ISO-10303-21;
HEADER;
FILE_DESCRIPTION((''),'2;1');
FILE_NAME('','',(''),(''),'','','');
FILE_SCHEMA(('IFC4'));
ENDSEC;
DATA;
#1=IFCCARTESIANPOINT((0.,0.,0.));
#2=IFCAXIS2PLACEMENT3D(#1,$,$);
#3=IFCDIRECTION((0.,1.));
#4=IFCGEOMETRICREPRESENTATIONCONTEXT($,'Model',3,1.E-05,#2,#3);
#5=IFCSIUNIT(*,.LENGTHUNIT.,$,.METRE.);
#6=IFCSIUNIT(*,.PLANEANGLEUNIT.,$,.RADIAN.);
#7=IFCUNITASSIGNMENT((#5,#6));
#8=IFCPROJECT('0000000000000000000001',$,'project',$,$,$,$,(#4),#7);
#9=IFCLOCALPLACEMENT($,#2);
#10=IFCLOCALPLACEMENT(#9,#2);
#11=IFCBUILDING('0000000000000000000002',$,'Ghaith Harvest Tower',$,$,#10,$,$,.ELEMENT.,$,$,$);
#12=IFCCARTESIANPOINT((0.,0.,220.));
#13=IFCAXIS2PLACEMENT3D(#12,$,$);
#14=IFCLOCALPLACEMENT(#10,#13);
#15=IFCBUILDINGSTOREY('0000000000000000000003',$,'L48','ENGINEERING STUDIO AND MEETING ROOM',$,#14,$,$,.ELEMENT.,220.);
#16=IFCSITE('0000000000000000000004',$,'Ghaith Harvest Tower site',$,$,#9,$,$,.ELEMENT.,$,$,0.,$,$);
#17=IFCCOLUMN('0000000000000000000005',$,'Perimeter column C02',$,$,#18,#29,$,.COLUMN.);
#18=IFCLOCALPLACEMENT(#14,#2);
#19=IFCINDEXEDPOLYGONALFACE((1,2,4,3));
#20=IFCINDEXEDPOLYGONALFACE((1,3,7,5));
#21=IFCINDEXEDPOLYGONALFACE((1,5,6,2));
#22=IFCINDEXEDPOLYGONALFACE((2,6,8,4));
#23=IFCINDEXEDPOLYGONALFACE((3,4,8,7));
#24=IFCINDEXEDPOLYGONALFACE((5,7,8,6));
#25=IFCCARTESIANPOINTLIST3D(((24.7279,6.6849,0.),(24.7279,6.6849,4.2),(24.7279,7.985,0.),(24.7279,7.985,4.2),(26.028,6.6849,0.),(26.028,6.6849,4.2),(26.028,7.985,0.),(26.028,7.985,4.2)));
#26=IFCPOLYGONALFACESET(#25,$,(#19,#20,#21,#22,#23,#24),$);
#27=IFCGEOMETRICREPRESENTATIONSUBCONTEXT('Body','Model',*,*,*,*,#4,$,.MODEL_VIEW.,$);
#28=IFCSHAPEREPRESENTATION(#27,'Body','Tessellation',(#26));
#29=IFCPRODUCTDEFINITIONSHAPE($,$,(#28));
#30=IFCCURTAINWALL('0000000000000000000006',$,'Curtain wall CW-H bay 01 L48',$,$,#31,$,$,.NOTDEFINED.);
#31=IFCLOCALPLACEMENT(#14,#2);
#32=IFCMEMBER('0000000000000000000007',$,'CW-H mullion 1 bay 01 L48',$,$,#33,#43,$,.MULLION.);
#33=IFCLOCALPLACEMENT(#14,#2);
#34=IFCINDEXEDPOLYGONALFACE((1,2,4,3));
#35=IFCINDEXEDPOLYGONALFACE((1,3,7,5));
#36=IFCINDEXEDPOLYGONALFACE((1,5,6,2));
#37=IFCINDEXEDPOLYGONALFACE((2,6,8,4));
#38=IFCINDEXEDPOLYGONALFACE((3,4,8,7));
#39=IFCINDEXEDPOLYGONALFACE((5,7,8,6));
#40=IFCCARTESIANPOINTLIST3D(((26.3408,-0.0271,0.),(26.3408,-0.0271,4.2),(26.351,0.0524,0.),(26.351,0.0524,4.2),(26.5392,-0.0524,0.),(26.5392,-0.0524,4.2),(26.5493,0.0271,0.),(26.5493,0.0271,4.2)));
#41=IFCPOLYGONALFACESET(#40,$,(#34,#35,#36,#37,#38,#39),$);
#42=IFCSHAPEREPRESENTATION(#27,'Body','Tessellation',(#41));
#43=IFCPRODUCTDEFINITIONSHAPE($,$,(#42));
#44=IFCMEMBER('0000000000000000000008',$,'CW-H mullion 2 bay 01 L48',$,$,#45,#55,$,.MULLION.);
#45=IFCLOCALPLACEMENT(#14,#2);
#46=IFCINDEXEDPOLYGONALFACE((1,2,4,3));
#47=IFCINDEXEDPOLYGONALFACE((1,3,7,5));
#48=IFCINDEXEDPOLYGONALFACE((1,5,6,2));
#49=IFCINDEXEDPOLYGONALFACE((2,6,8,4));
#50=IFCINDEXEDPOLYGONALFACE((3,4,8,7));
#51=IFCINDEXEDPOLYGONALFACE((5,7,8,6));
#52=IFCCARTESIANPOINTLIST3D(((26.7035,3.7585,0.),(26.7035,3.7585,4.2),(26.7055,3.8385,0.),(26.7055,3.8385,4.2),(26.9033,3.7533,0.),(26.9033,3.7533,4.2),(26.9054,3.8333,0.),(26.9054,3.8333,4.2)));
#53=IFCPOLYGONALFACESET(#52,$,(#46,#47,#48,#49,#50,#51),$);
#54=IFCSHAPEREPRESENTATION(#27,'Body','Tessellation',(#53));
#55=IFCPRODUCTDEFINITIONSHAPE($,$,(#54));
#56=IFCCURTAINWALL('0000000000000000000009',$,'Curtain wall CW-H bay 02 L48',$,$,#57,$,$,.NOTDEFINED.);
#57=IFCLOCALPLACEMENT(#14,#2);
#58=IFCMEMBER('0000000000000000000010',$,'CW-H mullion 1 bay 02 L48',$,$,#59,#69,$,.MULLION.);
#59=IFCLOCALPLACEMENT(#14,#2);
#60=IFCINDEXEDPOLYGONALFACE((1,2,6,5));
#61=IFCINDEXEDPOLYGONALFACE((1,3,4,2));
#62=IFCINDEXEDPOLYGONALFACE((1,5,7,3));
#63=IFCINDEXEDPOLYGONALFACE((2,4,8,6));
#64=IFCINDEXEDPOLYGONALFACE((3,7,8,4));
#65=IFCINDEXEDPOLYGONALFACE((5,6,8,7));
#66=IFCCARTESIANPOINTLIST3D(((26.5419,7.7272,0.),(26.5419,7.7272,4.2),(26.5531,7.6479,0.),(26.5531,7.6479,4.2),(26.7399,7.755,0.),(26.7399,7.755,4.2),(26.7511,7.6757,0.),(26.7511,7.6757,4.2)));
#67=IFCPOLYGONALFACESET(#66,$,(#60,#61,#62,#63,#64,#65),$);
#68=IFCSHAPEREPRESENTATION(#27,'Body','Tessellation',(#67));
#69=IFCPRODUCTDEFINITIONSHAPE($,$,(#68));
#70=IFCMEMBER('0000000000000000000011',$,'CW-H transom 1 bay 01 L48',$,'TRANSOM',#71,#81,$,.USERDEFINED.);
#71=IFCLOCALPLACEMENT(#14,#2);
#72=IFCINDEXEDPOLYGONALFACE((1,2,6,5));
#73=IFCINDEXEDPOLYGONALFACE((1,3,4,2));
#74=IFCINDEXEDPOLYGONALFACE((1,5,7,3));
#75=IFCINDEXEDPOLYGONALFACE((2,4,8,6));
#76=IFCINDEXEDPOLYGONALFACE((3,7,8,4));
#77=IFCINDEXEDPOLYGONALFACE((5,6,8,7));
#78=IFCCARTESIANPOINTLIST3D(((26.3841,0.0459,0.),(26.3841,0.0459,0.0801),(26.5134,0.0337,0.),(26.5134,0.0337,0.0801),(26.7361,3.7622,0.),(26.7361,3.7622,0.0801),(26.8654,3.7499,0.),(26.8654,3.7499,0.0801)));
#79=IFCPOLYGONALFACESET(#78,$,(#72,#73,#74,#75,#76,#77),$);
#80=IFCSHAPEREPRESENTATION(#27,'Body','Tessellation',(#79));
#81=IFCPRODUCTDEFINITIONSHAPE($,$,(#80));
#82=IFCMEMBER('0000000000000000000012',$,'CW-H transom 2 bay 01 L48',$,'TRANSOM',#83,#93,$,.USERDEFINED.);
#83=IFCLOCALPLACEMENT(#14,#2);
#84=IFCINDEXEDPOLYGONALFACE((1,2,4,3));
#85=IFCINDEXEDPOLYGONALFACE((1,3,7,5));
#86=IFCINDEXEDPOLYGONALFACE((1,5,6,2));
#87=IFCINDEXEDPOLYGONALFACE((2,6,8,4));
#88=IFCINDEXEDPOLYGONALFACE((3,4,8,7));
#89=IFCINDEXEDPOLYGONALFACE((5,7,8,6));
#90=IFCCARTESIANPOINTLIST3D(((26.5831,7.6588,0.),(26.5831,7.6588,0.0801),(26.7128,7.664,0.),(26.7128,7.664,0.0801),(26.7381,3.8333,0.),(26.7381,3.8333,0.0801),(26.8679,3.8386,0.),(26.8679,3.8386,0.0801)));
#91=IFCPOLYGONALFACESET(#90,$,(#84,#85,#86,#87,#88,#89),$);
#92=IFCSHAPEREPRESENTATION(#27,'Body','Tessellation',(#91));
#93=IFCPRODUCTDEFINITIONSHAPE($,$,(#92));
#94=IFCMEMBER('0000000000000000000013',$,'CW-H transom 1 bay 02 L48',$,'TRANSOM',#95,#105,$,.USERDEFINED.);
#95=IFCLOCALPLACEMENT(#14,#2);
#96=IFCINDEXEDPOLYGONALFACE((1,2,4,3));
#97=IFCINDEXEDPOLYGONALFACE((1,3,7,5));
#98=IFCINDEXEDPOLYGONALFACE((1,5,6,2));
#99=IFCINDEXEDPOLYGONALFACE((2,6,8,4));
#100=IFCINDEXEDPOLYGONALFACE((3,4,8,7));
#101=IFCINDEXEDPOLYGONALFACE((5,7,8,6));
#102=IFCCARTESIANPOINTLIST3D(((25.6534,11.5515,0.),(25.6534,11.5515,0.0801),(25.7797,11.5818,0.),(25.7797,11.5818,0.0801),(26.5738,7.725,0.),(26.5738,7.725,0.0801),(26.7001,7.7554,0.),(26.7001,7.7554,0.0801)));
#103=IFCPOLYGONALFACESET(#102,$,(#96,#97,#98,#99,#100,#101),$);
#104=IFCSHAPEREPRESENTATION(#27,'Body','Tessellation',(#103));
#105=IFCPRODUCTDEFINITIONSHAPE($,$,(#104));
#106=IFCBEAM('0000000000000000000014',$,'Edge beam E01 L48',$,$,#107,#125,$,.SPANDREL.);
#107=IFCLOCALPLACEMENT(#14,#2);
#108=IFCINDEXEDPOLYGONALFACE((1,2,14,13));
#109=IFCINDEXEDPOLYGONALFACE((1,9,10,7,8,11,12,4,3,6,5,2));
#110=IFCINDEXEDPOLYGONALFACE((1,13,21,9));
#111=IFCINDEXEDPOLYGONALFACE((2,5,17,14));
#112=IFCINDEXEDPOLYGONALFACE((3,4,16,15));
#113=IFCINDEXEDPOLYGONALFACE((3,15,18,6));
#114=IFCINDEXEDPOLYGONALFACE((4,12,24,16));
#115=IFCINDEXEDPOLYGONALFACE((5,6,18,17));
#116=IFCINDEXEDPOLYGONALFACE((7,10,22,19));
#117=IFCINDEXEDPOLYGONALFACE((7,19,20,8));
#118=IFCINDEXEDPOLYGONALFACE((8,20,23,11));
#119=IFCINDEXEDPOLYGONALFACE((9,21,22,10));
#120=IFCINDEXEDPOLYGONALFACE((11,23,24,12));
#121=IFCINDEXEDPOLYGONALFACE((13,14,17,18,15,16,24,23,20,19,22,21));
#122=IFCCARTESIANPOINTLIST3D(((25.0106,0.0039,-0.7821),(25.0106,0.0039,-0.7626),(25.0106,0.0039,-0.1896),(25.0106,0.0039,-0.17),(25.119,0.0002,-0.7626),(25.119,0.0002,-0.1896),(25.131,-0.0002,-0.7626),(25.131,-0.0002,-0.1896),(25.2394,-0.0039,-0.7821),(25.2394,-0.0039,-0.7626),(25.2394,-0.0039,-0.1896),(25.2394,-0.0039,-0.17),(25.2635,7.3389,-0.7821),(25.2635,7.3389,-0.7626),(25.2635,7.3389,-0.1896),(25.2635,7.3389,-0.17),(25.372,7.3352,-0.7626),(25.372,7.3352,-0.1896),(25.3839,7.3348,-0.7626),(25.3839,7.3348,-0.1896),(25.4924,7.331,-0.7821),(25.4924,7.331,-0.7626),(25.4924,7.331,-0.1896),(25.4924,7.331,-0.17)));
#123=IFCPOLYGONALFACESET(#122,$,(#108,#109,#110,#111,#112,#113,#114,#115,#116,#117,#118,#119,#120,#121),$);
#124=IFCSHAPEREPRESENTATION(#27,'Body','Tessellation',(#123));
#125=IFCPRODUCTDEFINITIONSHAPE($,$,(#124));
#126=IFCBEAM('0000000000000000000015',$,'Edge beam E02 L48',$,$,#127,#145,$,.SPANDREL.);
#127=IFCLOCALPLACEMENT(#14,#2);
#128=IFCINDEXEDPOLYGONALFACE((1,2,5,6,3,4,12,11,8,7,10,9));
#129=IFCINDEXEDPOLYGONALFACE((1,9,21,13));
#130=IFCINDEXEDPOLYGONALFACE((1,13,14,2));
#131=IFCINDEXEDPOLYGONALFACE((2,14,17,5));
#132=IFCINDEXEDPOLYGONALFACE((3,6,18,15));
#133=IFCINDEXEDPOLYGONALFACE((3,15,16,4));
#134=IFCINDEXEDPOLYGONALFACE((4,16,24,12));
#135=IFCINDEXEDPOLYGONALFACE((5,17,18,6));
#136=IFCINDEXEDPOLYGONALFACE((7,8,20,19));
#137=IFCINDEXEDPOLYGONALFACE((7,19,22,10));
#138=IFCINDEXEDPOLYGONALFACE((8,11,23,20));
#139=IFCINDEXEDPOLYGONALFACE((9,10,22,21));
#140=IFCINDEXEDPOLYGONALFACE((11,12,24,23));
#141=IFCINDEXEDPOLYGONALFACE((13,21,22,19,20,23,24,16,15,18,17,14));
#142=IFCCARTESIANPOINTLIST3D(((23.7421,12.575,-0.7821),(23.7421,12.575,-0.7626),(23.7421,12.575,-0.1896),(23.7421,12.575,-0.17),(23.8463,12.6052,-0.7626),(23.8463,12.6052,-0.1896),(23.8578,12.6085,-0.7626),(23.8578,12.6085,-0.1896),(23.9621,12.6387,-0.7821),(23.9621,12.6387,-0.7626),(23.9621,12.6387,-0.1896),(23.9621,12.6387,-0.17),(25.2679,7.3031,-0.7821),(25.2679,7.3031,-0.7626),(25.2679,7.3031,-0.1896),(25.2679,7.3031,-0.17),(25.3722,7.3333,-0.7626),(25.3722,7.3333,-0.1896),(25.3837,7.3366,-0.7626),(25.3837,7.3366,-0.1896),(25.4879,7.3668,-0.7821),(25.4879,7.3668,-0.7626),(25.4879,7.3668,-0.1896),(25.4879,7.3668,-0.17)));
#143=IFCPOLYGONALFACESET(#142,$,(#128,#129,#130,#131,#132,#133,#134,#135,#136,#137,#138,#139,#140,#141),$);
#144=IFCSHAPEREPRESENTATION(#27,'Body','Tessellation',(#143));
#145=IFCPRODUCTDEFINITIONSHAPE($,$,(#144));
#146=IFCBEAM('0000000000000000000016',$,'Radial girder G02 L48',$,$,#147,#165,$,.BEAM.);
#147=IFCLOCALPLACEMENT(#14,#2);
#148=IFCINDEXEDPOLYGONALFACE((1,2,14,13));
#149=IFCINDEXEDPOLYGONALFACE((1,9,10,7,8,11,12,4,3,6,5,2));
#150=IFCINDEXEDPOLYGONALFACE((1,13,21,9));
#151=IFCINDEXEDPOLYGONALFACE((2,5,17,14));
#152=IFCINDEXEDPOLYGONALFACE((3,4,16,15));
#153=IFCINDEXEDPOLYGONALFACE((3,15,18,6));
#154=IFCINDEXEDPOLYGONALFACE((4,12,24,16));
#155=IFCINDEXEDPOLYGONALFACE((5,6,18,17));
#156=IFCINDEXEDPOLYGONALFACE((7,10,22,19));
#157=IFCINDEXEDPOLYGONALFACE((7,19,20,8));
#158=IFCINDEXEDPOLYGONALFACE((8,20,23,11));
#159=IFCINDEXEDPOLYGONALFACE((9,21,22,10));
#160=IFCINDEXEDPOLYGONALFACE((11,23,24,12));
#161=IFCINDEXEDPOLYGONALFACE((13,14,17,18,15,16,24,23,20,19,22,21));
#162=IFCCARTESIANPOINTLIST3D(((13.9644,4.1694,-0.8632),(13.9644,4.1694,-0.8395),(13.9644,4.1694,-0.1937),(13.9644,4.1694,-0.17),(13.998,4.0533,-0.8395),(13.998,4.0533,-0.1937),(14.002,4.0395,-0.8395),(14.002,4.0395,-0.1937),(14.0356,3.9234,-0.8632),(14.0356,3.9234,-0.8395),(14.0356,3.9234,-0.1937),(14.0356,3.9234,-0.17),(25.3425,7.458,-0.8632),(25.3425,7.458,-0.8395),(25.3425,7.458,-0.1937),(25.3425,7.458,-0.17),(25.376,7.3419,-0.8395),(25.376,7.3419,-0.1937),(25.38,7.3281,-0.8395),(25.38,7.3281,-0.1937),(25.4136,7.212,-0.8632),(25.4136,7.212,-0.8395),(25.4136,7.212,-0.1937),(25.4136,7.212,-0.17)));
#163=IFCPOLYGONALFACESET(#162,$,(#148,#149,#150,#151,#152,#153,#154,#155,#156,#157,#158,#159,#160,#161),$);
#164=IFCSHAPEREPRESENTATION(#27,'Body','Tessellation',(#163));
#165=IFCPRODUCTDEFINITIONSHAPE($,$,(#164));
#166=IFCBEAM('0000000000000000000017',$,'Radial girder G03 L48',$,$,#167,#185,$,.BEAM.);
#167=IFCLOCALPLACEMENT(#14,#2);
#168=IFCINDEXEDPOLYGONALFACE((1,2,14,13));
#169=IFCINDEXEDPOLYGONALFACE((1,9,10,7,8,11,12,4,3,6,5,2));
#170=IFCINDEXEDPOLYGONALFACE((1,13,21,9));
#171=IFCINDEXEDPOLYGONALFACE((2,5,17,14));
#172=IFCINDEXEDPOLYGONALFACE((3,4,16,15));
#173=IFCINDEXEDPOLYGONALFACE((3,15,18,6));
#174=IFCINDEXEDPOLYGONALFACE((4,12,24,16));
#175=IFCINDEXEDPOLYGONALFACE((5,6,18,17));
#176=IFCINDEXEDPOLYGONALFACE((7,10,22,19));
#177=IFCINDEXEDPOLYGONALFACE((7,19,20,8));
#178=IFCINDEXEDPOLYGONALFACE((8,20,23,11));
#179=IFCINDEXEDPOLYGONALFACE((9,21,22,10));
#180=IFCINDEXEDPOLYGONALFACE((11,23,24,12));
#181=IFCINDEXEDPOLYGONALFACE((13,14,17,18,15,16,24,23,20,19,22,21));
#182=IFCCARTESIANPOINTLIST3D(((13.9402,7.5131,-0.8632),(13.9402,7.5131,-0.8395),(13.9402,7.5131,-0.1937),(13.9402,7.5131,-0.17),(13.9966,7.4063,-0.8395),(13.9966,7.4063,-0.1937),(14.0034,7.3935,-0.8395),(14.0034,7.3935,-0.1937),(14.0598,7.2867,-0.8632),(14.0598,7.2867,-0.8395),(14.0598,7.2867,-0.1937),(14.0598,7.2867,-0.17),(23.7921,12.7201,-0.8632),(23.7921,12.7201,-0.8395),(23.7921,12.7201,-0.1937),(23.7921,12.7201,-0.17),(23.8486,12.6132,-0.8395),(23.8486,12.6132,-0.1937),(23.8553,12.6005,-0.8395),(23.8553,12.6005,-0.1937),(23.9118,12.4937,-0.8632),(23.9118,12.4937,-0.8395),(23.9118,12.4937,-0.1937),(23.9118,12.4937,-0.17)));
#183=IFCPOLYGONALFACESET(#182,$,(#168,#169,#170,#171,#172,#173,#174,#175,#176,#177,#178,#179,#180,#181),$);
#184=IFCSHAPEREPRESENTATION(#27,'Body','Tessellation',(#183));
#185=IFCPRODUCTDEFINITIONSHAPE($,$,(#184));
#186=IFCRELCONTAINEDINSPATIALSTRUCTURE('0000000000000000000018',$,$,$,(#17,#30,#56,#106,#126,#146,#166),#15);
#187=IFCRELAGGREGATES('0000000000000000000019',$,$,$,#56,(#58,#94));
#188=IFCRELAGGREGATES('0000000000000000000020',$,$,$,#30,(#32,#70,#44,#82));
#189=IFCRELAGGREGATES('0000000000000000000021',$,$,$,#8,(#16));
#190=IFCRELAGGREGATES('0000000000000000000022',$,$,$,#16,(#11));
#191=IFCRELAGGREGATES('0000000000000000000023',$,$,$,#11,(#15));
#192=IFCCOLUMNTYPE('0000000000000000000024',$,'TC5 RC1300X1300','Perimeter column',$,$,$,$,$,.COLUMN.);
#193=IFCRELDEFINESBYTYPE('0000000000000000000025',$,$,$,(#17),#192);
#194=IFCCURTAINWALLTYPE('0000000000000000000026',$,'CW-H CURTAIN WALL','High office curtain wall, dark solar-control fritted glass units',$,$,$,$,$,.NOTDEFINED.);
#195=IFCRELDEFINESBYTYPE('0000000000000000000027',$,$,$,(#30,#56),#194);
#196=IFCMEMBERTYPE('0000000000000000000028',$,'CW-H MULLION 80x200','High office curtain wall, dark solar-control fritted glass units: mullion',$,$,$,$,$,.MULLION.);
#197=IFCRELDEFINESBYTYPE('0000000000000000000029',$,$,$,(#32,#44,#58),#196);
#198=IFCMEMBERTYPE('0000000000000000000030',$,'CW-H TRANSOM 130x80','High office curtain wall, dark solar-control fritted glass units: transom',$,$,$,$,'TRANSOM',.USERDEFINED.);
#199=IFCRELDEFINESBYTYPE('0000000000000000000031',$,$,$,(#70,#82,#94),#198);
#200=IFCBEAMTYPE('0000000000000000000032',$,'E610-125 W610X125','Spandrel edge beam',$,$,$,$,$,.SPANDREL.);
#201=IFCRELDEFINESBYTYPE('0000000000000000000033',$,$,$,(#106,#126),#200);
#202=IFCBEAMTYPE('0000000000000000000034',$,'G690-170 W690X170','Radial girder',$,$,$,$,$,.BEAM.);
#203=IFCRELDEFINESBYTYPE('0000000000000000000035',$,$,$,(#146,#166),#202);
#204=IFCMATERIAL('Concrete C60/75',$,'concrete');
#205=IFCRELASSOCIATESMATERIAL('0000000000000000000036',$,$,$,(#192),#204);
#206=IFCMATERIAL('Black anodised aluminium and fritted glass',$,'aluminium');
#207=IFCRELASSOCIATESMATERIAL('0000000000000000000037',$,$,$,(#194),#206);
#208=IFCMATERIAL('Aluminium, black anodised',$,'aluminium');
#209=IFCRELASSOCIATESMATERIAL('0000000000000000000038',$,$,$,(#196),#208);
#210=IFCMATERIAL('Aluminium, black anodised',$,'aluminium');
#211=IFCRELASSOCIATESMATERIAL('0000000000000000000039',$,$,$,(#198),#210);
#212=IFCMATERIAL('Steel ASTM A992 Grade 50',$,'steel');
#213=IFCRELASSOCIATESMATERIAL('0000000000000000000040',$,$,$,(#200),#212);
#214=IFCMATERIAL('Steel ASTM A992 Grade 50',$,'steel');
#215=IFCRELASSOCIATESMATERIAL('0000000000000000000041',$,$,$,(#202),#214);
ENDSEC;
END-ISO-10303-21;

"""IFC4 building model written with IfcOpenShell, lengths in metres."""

from ifc_helpers import new_model, si_unit, direction, frame, origin, origin_2d, place, context, subcontext, project, spatial, rectangle, i_section, extrude, material, material_profile, profile_set, type_object, element, aggregate, save


model = new_model("IFC4")

# Units and contexts
model_context = context("Model", 3, precision=1e-05, world=origin(), true_north=direction((0.0, 1.0)))
body_context = subcontext(model_context, "Body", "Model", "MODEL_VIEW")
ifc_project = project(units=[si_unit("LENGTHUNIT", "METRE"), si_unit("PLANEANGLEUNIT", "RADIAN")], contexts=[model_context])

# Site, building, storey
site_placement = place(None, origin())
site = spatial("IfcSite", under=ifc_project, at=site_placement, Name="Ghaith Harvest Tower site", CompositionType="ELEMENT", RefElevation=0.0)
building_placement = place(site_placement, origin())
building = spatial("IfcBuilding", under=site, at=building_placement, Name="Ghaith Harvest Tower", CompositionType="ELEMENT")
storey_placement = place(building_placement, frame((0.0, 0.0, 220.0)))
storey = spatial("IfcBuildingStorey", under=building, at=storey_placement, Name="L48", Description="ENGINEERING STUDIO AND MEETING ROOM", CompositionType="ELEMENT", Elevation=220.0)

# Column
ifc_material_1 = material(Name="Concrete C60/75", Category="concrete")
ifc_material_profile_1 = material_profile(ifc_material_1, rectangle(XDim=1.3, YDim=1.3, at=origin_2d()), Name="RC1300X1300")
ifc_profile_set_1 = profile_set([ifc_material_profile_1], Name="Concrete C60/75")
column_type = type_object("IfcColumnType", Name="TC5 RC1300X1300", Description="Perimeter column", PredefinedType="COLUMN", material=ifc_profile_set_1)
column_placement = place(storey_placement, frame((25.3779, 7.335, 0.0), z_axis=(0.0, 0.0, 1.0), x_axis=(1.0, 0.0, 0.0)))
element("IfcColumn", 1, at=column_placement, inside=storey, type_object=column_type, Name="Perimeter column C02", PredefinedType="COLUMN", context=body_context, shape_type="SweptSolid", body=[
    extrude(rectangle(XDim=1.3, YDim=1.3, at=origin_2d()), origin(), (0.0, 0.0, 1.0), 4.2),
])

# Curtain wall, members
ifc_material_2 = material(Name="Black anodised aluminium and fritted glass", Category="aluminium")
curtain_wall_type = type_object("IfcCurtainWallType", Name="CW-H CURTAIN WALL", Description="High office curtain wall, dark solar-control fritted glass units", PredefinedType="NOTDEFINED", material=ifc_material_2)
curtain_wall_1_placement = place(storey_placement, origin())
curtain_wall_1 = element("IfcCurtainWall", 2, at=curtain_wall_1_placement, inside=storey, type_object=curtain_wall_type, Name="Curtain wall CW-H bay 01 L48", PredefinedType="NOTDEFINED")
ifc_material_3 = material(Name="Aluminium, black anodised", Category="aluminium")
ifc_material_profile_2 = material_profile(ifc_material_3, rectangle(XDim=0.0801, YDim=0.2, at=origin_2d()), Name="CW-H MULLION 80x200")
ifc_profile_set_2 = profile_set([ifc_material_profile_2], Name="Aluminium, black anodised")
member_type_1 = type_object("IfcMemberType", Name="CW-H MULLION 80x200", Description="High office curtain wall, dark solar-control fritted glass units: mullion", PredefinedType="MULLION", material=ifc_profile_set_2)
member_1_placement = place(storey_placement, frame((26.4451, 0.0, 0.0), z_axis=(0.0, 0.0, 1.0), x_axis=(0.126568, 0.991958, 0.0)))
member_1 = element("IfcMember", 3, at=member_1_placement, type_object=member_type_1, Name="CW-H mullion 1 bay 01 L48", PredefinedType="MULLION", context=body_context, shape_type="SweptSolid", body=[
    extrude(rectangle(XDim=0.0801, YDim=0.2, at=origin_2d()), origin(), (0.0, 0.0, 1.0), 4.2),
])
member_2_placement = place(storey_placement, frame((26.8044, 3.7959, 0.0), z_axis=(0.0, 0.0, 1.0), x_axis=(0.026143, 0.999658, 0.0)))
member_2 = element("IfcMember", 4, at=member_2_placement, type_object=member_type_1, Name="CW-H mullion 2 bay 01 L48", PredefinedType="MULLION", context=body_context, shape_type="SweptSolid", body=[
    extrude(rectangle(XDim=0.0801, YDim=0.2, at=origin_2d()), origin(), (0.0, 0.0, 1.0), 4.2),
])

# Curtain wall, member
curtain_wall_2_placement = place(storey_placement, origin())
curtain_wall_2 = element("IfcCurtainWall", 5, at=curtain_wall_2_placement, inside=storey, type_object=curtain_wall_type, Name="Curtain wall CW-H bay 02 L48", PredefinedType="NOTDEFINED")
member_3_placement = place(storey_placement, frame((26.6465, 7.7014, 0.0), z_axis=(0.0, 0.0, 1.0), x_axis=(-0.139146, 0.990272, 0.0)))
member_3 = element("IfcMember", 6, at=member_3_placement, type_object=member_type_1, Name="CW-H mullion 1 bay 02 L48", PredefinedType="MULLION", context=body_context, shape_type="SweptSolid", body=[
    extrude(rectangle(XDim=0.0801, YDim=0.2, at=origin_2d()), origin(), (0.0, 0.0, 1.0), 4.2),
])

# Members
ifc_material_4 = material(Name="Aluminium, black anodised", Category="aluminium")
ifc_material_profile_3 = material_profile(ifc_material_4, rectangle(XDim=0.1299, YDim=0.0801, at=origin_2d()), Name="CW-H TRANSOM 130x80")
ifc_profile_set_3 = profile_set([ifc_material_profile_3], Name="Aluminium, black anodised")
member_type_2 = type_object("IfcMemberType", Name="CW-H TRANSOM 130x80", Description="High office curtain wall, dark solar-control fritted glass units: transom", ElementType="TRANSOM", PredefinedType="USERDEFINED", material=ifc_profile_set_3)
member_4_placement = place(storey_placement, frame((26.4487, 0.0398, 0.04), z_axis=(0.094309, 0.995543, 0.0), x_axis=(-0.995543, 0.094309, 0.0)))
member_4 = element("IfcMember", 7, at=member_4_placement, type_object=member_type_2, Name="CW-H transom 1 bay 01 L48", ObjectType="TRANSOM", PredefinedType="USERDEFINED", context=body_context, shape_type="SweptSolid", body=[
    extrude(rectangle(XDim=0.1299, YDim=0.0801, at=origin_2d()), origin(), (0.0, 0.0, 1.0), 3.7329),
])
member_5_placement = place(storey_placement, frame((26.803, 3.8359, 0.04), z_axis=(-0.040493, 0.99918, 0.0), x_axis=(-0.99918, -0.040493, 0.0)))
member_5 = element("IfcMember", 8, at=member_5_placement, type_object=member_type_2, Name="CW-H transom 2 bay 01 L48", ObjectType="TRANSOM", PredefinedType="USERDEFINED", context=body_context, shape_type="SweptSolid", body=[
    extrude(rectangle(XDim=0.1299, YDim=0.0801, at=origin_2d()), origin(), (0.0, 0.0, 1.0), 3.8286),
])
member_6_placement = place(storey_placement, frame((26.637, 7.7402, 0.04), z_axis=(-0.23387, 0.972268, 0.0), x_axis=(-0.972268, -0.23387, 0.0)))
member_6 = element("IfcMember", 9, at=member_6_placement, type_object=member_type_2, Name="CW-H transom 1 bay 02 L48", ObjectType="TRANSOM", PredefinedType="USERDEFINED", context=body_context, shape_type="SweptSolid", body=[
    extrude(rectangle(XDim=0.1299, YDim=0.0801, at=origin_2d()), origin(), (0.0, 0.0, 1.0), 3.9355),
])
aggregate(curtain_wall_2, [member_3, member_6])

# Beams
ifc_material_5 = material(Name="Steel ASTM A992 Grade 50", Category="steel")
ifc_material_profile_4 = material_profile(ifc_material_5, i_section(OverallWidth=0.229, OverallDepth=0.6121, WebThickness=0.012, FlangeThickness=0.0195, at=origin_2d()), Name="W610X125")
ifc_profile_set_4 = profile_set([ifc_material_profile_4], Name="Steel ASTM A992 Grade 50")
beam_type_1 = type_object("IfcBeamType", Name="E610-125 W610X125", Description="Spandrel edge beam", PredefinedType="SPANDREL", material=ifc_profile_set_4)
beam_1_placement = place(storey_placement, frame((25.125, 0.0, -0.4761), z_axis=(0.034462, 0.999406, 0.0), x_axis=(-0.999406, 0.034462, 0.0)))
element("IfcBeam", 10, at=beam_1_placement, inside=storey, type_object=beam_type_1, Name="Edge beam E01 L48", PredefinedType="SPANDREL", context=body_context, shape_type="SweptSolid", body=[
    extrude(i_section(OverallWidth=0.229, OverallDepth=0.6121, WebThickness=0.012, FlangeThickness=0.0195, at=origin_2d()), origin(), (0.0, 0.0, 1.0), 7.3394),
])
beam_2_placement = place(storey_placement, frame((25.3779, 7.335, -0.4761), z_axis=(-0.278021, 0.960575, 0.0), x_axis=(-0.960575, -0.278021, 0.0)))
element("IfcBeam", 11, at=beam_2_placement, inside=storey, type_object=beam_type_1, Name="Edge beam E02 L48", PredefinedType="SPANDREL", context=body_context, shape_type="SweptSolid", body=[
    extrude(i_section(OverallWidth=0.229, OverallDepth=0.6121, WebThickness=0.012, FlangeThickness=0.0195, at=origin_2d()), origin(), (0.0, 0.0, 1.0), 5.4883),
])
ifc_material_6 = material(Name="Steel ASTM A992 Grade 50", Category="steel")
ifc_material_profile_5 = material_profile(ifc_material_6, i_section(OverallWidth=0.2561, OverallDepth=0.6931, WebThickness=0.0144, FlangeThickness=0.0237, at=origin_2d()), Name="W690X170")
ifc_profile_set_5 = profile_set([ifc_material_profile_5], Name="Steel ASTM A992 Grade 50")
beam_type_2 = type_object("IfcBeamType", Name="G690-170 W690X170", Description="Radial girder", PredefinedType="BEAM", material=ifc_profile_set_5)
beam_3_placement = place(storey_placement, frame((14.0, 4.0464, -0.5166), z_axis=(0.960678, 0.277666, 0.0), x_axis=(-0.277666, 0.960678, 0.0)))
element("IfcBeam", 12, at=beam_3_placement, inside=storey, type_object=beam_type_2, Name="Radial girder G02 L48", PredefinedType="BEAM", context=body_context, shape_type="SweptSolid", body=[
    extrude(i_section(OverallWidth=0.2561, OverallDepth=0.6931, WebThickness=0.0144, FlangeThickness=0.0237, at=origin_2d()), origin(), (0.0, 0.0, 1.0), 11.8438),
])
beam_4_placement = place(storey_placement, frame((14.0, 7.3999, -0.5166), z_axis=(0.884113, 0.467274, 0.0), x_axis=(-0.467274, 0.884113, 0.0)))
element("IfcBeam", 13, at=beam_4_placement, inside=storey, type_object=beam_type_2, Name="Radial girder G03 L48", PredefinedType="BEAM", context=body_context, shape_type="SweptSolid", body=[
    extrude(i_section(OverallWidth=0.2561, OverallDepth=0.6931, WebThickness=0.0144, FlangeThickness=0.0237, at=origin_2d()), origin(), (0.0, 0.0, 1.0), 11.1433),
])

aggregate(curtain_wall_1, [member_1, member_4, member_2, member_5])

save(model, "model.ifc")
